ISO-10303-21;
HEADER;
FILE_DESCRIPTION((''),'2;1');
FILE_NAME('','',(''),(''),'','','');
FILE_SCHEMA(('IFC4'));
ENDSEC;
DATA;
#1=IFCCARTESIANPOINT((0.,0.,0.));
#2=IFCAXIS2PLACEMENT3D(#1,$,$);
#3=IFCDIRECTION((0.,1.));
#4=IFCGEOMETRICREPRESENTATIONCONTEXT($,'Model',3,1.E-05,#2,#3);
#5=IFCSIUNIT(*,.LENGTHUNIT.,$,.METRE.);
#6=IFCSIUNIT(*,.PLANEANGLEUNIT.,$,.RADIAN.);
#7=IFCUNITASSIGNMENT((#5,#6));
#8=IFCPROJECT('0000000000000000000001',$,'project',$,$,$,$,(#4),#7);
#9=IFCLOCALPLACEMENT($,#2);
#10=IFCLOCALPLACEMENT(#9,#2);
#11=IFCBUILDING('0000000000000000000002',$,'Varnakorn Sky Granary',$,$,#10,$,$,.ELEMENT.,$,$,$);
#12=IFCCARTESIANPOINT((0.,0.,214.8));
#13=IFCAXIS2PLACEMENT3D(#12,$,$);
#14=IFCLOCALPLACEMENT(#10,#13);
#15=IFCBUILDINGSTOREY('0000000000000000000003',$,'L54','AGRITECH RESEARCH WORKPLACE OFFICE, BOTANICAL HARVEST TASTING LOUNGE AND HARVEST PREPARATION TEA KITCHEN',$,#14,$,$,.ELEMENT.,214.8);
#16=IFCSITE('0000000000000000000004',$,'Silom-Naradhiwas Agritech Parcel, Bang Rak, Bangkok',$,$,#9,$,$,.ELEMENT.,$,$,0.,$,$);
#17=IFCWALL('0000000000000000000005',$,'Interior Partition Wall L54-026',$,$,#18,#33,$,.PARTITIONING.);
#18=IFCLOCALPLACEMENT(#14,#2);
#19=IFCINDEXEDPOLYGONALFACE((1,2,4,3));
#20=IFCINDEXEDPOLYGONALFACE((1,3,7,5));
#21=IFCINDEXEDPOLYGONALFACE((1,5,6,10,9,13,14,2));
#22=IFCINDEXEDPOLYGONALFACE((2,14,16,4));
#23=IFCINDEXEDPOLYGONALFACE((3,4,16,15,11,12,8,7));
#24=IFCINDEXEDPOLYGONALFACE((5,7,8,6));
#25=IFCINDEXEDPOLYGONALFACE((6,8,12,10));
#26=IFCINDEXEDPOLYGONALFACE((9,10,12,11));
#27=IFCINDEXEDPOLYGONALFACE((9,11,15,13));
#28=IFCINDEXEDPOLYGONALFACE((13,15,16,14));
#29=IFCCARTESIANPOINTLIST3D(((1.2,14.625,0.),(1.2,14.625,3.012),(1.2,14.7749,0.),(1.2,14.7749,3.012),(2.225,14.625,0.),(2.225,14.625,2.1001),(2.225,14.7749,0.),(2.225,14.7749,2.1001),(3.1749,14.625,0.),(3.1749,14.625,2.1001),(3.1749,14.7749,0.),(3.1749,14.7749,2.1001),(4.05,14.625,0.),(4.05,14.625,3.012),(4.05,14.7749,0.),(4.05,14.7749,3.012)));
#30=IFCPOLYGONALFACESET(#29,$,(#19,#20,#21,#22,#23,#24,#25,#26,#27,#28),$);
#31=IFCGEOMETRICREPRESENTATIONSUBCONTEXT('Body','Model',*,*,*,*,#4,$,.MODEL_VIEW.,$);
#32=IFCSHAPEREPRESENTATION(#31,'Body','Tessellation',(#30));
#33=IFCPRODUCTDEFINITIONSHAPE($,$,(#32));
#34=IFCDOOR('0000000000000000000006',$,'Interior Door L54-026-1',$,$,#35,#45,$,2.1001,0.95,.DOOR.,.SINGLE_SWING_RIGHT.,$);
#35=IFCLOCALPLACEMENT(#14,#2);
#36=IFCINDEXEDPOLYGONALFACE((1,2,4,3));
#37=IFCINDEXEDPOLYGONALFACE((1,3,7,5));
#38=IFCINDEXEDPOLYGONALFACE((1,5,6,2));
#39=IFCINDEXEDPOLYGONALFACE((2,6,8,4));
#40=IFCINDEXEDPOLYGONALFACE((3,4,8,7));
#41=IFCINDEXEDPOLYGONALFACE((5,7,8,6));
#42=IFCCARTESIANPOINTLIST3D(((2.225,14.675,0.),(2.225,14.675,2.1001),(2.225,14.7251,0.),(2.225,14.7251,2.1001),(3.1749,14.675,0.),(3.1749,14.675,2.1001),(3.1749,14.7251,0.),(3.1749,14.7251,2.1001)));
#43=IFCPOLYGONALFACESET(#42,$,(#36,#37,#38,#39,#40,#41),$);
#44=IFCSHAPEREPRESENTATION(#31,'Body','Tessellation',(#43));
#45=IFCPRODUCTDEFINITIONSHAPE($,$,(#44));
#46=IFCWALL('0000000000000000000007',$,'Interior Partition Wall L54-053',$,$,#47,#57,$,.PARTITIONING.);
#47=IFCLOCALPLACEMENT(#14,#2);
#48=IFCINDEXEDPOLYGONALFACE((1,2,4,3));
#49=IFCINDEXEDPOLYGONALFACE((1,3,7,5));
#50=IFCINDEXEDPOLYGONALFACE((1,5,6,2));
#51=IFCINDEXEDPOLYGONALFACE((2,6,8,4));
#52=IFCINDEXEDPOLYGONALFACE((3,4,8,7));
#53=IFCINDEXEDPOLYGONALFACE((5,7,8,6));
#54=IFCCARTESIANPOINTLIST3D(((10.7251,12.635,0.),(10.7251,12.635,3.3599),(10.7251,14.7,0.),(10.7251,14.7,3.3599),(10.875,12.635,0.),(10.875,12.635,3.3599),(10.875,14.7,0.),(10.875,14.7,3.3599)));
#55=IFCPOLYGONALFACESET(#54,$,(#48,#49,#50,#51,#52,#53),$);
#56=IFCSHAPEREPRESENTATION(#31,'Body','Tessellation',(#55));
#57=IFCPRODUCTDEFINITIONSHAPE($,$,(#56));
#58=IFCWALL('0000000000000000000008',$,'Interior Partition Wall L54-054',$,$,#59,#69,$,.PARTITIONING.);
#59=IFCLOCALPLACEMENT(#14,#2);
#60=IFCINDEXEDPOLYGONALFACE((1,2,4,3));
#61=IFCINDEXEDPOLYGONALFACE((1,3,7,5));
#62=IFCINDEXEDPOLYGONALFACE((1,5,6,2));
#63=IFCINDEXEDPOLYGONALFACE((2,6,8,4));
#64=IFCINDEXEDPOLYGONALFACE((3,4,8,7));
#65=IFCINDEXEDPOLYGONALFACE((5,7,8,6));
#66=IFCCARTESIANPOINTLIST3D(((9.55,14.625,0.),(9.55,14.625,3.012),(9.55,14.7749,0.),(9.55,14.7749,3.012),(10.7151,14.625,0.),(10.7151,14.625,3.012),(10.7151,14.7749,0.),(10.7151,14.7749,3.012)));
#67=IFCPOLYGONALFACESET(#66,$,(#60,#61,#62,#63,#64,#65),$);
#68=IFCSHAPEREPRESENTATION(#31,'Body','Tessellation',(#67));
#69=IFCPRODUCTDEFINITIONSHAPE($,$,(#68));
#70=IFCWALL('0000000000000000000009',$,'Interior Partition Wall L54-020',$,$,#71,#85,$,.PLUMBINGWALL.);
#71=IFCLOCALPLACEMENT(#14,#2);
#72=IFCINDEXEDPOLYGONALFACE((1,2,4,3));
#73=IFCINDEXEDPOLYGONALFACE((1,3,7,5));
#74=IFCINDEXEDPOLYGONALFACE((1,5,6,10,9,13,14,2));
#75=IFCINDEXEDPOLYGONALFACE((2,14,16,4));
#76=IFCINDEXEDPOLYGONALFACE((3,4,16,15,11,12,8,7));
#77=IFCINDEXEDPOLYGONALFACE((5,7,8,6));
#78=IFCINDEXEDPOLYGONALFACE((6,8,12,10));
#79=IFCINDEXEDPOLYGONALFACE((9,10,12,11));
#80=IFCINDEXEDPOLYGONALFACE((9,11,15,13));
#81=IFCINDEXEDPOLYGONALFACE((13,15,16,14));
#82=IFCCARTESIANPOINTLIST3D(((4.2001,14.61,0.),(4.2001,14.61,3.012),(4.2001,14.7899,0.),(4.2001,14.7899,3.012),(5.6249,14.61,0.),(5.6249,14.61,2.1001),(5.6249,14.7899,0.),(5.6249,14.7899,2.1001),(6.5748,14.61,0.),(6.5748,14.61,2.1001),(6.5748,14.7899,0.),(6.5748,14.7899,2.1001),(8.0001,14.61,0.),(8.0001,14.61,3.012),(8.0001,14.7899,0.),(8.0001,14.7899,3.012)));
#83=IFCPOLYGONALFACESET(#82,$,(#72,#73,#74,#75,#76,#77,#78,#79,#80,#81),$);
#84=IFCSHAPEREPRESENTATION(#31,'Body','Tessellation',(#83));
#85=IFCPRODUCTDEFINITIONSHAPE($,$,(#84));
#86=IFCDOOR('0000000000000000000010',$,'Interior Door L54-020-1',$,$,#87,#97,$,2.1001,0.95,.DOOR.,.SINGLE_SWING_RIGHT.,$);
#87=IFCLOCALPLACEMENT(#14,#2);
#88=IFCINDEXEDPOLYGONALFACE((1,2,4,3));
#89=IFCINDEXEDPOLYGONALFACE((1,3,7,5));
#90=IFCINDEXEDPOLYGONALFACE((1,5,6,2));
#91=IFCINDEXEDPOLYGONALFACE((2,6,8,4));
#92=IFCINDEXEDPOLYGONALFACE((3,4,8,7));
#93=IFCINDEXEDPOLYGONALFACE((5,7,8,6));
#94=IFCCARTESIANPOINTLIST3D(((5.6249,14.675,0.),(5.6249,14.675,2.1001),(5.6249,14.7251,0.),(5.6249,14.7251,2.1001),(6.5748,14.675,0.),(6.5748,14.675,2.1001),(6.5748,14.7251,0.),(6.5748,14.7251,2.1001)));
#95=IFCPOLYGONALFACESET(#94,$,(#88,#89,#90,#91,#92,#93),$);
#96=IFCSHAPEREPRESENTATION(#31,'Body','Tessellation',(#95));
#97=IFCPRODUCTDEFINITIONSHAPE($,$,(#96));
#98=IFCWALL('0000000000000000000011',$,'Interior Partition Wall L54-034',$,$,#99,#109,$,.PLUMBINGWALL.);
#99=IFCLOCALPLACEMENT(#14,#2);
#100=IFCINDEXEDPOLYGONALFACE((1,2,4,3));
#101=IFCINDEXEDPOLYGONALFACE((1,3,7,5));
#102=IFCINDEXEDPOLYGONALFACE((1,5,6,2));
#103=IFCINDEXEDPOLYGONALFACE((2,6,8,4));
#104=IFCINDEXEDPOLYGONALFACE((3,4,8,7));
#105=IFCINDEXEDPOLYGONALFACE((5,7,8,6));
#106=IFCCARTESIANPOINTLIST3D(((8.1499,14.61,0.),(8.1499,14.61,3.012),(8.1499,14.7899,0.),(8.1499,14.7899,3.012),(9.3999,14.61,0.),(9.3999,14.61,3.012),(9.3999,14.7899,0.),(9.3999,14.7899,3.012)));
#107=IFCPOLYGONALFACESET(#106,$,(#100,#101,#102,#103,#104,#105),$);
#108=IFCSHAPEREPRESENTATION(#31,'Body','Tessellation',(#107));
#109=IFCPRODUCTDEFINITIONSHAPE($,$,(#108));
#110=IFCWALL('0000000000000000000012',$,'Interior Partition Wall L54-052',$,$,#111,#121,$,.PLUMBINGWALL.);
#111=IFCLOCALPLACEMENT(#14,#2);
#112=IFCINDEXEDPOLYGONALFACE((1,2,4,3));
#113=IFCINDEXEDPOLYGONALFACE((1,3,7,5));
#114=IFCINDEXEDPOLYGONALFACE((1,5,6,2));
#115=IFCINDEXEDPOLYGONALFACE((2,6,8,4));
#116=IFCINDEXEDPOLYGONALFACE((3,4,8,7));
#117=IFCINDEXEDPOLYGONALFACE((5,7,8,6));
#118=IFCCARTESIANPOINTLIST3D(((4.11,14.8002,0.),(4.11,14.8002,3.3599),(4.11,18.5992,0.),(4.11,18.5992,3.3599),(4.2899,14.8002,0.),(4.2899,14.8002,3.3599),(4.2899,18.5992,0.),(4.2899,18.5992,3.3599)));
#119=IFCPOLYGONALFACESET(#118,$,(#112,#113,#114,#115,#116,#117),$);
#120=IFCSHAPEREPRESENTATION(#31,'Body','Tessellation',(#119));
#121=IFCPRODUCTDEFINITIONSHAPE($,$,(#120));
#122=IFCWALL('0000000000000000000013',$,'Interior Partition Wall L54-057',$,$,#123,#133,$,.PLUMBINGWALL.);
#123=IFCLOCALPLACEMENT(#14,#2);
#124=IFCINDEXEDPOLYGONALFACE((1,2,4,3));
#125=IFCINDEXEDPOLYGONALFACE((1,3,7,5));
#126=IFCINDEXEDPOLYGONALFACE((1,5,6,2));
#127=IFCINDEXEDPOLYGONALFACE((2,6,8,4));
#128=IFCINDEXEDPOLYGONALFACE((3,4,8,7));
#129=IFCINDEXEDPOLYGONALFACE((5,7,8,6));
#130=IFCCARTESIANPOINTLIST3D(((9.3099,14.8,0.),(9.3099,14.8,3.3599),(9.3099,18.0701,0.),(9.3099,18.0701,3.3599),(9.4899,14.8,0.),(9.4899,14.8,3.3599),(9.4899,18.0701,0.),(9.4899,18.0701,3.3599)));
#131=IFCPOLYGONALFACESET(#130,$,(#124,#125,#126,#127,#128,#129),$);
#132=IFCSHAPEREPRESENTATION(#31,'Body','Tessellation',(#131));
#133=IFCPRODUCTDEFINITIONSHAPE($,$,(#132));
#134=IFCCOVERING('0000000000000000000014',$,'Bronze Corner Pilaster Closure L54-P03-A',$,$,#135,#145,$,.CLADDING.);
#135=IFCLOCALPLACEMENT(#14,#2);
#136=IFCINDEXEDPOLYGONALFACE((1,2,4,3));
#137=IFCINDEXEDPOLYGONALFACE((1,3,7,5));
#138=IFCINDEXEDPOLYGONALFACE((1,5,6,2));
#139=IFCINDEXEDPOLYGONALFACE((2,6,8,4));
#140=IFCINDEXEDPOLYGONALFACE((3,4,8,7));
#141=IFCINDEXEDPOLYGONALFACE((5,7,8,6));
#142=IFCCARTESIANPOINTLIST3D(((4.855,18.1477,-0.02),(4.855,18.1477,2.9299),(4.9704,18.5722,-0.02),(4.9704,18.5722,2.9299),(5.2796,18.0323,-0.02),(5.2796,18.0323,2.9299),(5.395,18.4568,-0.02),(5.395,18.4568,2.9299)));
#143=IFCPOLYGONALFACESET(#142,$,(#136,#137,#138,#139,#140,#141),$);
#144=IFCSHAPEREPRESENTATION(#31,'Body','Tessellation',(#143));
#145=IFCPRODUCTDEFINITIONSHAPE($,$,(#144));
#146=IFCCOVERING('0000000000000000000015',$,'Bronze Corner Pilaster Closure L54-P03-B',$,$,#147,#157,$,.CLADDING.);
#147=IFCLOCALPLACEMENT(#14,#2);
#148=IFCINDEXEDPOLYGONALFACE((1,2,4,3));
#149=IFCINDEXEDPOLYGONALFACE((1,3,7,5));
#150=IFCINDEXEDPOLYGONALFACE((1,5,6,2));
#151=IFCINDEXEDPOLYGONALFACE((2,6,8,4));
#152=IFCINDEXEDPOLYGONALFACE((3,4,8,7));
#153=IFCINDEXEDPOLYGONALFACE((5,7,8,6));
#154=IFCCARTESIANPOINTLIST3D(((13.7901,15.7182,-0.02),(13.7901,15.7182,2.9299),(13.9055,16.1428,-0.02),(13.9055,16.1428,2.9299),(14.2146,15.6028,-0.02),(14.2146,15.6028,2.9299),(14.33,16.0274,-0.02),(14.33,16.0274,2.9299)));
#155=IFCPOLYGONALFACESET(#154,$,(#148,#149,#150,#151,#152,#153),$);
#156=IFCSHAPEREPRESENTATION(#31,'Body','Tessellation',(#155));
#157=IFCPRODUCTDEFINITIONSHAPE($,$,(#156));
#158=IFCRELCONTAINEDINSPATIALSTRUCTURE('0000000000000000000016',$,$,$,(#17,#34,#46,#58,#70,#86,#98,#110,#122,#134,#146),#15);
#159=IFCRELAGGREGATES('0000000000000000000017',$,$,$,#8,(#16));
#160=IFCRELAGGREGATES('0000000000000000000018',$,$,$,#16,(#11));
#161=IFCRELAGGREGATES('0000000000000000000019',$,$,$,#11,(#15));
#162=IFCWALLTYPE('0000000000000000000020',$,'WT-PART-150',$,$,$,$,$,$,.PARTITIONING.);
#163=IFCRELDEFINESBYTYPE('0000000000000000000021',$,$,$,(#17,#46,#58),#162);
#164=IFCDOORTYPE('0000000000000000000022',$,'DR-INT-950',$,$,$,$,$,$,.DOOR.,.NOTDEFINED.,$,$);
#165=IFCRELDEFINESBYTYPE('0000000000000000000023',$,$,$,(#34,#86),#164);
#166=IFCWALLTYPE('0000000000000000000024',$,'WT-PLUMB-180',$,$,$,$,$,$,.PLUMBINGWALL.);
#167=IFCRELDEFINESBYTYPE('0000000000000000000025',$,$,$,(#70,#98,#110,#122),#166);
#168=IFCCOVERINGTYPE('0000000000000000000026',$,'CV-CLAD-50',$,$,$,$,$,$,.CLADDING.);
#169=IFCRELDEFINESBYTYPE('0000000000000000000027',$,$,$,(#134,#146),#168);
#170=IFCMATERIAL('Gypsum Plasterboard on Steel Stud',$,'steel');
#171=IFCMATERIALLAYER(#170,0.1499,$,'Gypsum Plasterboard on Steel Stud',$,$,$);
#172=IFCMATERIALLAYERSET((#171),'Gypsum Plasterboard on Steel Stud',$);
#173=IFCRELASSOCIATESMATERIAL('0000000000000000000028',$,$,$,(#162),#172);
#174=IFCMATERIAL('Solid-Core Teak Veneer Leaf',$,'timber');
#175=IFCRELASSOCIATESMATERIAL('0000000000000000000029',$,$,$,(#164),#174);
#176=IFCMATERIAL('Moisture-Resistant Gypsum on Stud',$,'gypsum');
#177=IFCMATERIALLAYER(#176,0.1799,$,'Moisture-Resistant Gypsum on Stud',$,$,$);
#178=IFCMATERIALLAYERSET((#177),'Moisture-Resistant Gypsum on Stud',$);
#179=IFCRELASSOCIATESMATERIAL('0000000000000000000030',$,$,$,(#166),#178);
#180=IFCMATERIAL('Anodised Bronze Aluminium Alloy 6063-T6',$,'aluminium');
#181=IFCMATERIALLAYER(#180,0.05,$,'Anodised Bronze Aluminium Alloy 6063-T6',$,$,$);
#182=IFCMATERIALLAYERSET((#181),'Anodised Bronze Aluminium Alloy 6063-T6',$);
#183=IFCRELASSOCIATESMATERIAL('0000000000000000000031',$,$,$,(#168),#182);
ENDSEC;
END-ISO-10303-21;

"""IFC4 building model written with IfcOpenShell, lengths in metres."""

from ifc_helpers import new_model, si_unit, direction, frame, frame_2d, origin, origin_2d, place, context, subcontext, project, spatial, rectangle, extrude, source, transform, mapped, material, layer, layer_set, type_object, type_shapes, element, fill, save


model = new_model("IFC4")

# Units and contexts
model_context = context("Model", 3, precision=1e-05, world=origin(), true_north=direction((0.0, 1.0)))
body_context = subcontext(model_context, "Body", "Model", "MODEL_VIEW")
ifc_project = project(units=[si_unit("LENGTHUNIT", "METRE"), si_unit("PLANEANGLEUNIT", "RADIAN")], contexts=[model_context])

# Site, building, storey
site_placement = place(None, origin())
site = spatial("IfcSite", under=ifc_project, at=site_placement, Name="Silom-Naradhiwas Agritech Parcel, Bang Rak, Bangkok", CompositionType="ELEMENT", RefElevation=0.0)
building_placement = place(site_placement, origin())
building = spatial("IfcBuilding", under=site, at=building_placement, Name="Varnakorn Sky Granary", CompositionType="ELEMENT")
storey_placement = place(building_placement, frame((0.0, 0.0, 214.8)))
storey = spatial("IfcBuildingStorey", under=building, at=storey_placement, Name="L54", Description="AGRITECH RESEARCH WORKPLACE OFFICE, BOTANICAL HARVEST TASTING LOUNGE AND HARVEST PREPARATION TEA KITCHEN", CompositionType="ELEMENT", Elevation=214.8)

# Shared definitions
ifc_material_1 = material(Name="Anodised Bronze Aluminium Alloy 6063-T6", Category="aluminium")

# Wall, opening, door
ifc_material_2 = material(Name="Gypsum Plasterboard on Steel Stud", Category="steel")
ifc_layer_1 = layer(ifc_material_2, 0.1499, Name="Gypsum Plasterboard on Steel Stud")
ifc_layer_set_1 = layer_set([ifc_layer_1], Name="Gypsum Plasterboard on Steel Stud")
wall_type_1 = type_object("IfcWallType", Name="WT-PART-150", PredefinedType="PARTITIONING", material=ifc_layer_set_1)
wall_1_placement = place(storey_placement, frame((4.05, 14.7, 0.0), z_axis=(0.0, 0.0, 1.0), x_axis=(-1.0, 0.0, 0.0)))
wall_1 = element("IfcWall", 1, at=wall_1_placement, inside=storey, type_object=wall_type_1, Name="Interior Partition Wall L54-026", PredefinedType="PARTITIONING", context=body_context, shape_type="SweptSolid", body=[
    extrude(rectangle(XDim=2.8501, YDim=0.1499, at=frame_2d((1.425, 0.0))), origin(), (0.0, 0.0, 1.0), 3.012),
])
opening_1_placement = place(wall_1_placement, frame((0.875, 0.0, 0.0)))
opening_1 = element("IfcOpeningElement", 2, at=opening_1_placement, cuts=wall_1, PredefinedType="OPENING", context=body_context, shape_type="SweptSolid", body=[
    extrude(rectangle(XDim=0.95, YDim=2.1001, at=frame_2d((0.4751, 1.05))), frame((0.0, 0.085, 0.0), z_axis=(0.0, -1.0, 0.0), x_axis=(1.0, 0.0, 0.0)), (0.0, 0.0, 1.0), 0.1699),
])
ifc_material_3 = material(Name="Solid-Core Teak Veneer Leaf", Category="timber")
door_type = type_object("IfcDoorType", Name="DR-INT-950", OperationType="NOTDEFINED", PredefinedType="DOOR", material=ifc_material_3)
door_1_placement = place(opening_1_placement, origin())
door_1 = element("IfcDoor", 3, at=door_1_placement, inside=storey, type_object=door_type, Name="Interior Door L54-026-1", OperationType="SINGLE_SWING_RIGHT", OverallHeight=2.1001, OverallWidth=0.95, PredefinedType="DOOR", context=body_context, shape_type="SweptSolid", body=[
    extrude(rectangle(XDim=0.95, YDim=2.1001, at=frame_2d((0.4751, 1.05))), frame((0.0, 0.0249, 0.0), z_axis=(0.0, -1.0, 0.0), x_axis=(1.0, 0.0, 0.0)), (0.0, 0.0, 1.0), 0.05),
])
fill(opening_1, door_1)

# Walls
wall_2_placement = place(storey_placement, frame((10.8, 12.635, 0.0), z_axis=(0.0, 0.0, 1.0), x_axis=(0.0, 1.0, 0.0)))
element("IfcWall", 4, at=wall_2_placement, inside=storey, type_object=wall_type_1, Name="Interior Partition Wall L54-053", PredefinedType="PARTITIONING", context=body_context, shape_type="SweptSolid", body=[
    extrude(rectangle(XDim=2.0649, YDim=0.1499, at=frame_2d((1.0325, 0.0))), origin(), (0.0, 0.0, 1.0), 3.3599),
])
wall_3_placement = place(storey_placement, frame((10.7151, 14.7, 0.0), z_axis=(0.0, 0.0, 1.0), x_axis=(-1.0, 0.0, 0.0)))
element("IfcWall", 5, at=wall_3_placement, inside=storey, type_object=wall_type_1, Name="Interior Partition Wall L54-054", PredefinedType="PARTITIONING", context=body_context, shape_type="SweptSolid", body=[
    extrude(rectangle(XDim=1.165, YDim=0.1499, at=frame_2d((0.5825, 0.0))), origin(), (0.0, 0.0, 1.0), 3.012),
])

# Wall, opening, door
ifc_material_4 = material(Name="Moisture-Resistant Gypsum on Stud", Category="gypsum")
ifc_layer_2 = layer(ifc_material_4, 0.1799, Name="Moisture-Resistant Gypsum on Stud")
ifc_layer_set_2 = layer_set([ifc_layer_2], Name="Moisture-Resistant Gypsum on Stud")
wall_type_2 = type_object("IfcWallType", Name="WT-PLUMB-180", PredefinedType="PLUMBINGWALL", material=ifc_layer_set_2)
wall_4_placement = place(storey_placement, frame((8.0, 14.7, 0.0), z_axis=(0.0, 0.0, 1.0), x_axis=(-1.0, 0.0, 0.0)))
wall_4 = element("IfcWall", 6, at=wall_4_placement, inside=storey, type_object=wall_type_2, Name="Interior Partition Wall L54-020", PredefinedType="PLUMBINGWALL", context=body_context, shape_type="SweptSolid", body=[
    extrude(rectangle(XDim=3.8, YDim=0.1799, at=frame_2d((1.8999, 0.0))), origin(), (0.0, 0.0, 1.0), 3.012),
])
opening_2_placement = place(wall_4_placement, frame((1.425, 0.0, 0.0)))
opening_2 = element("IfcOpeningElement", 7, at=opening_2_placement, cuts=wall_4, PredefinedType="OPENING", context=body_context, shape_type="SweptSolid", body=[
    extrude(rectangle(XDim=0.95, YDim=2.1001, at=frame_2d((0.4751, 1.05))), frame((0.0, 0.1001, 0.0), z_axis=(0.0, -1.0, 0.0), x_axis=(1.0, 0.0, 0.0)), (0.0, 0.0, 1.0), 0.2),
])
door_2_placement = place(opening_2_placement, origin())
door_2 = element("IfcDoor", 8, at=door_2_placement, inside=storey, type_object=door_type, Name="Interior Door L54-020-1", OperationType="SINGLE_SWING_RIGHT", OverallHeight=2.1001, OverallWidth=0.95, PredefinedType="DOOR", context=body_context, shape_type="SweptSolid", body=[
    extrude(rectangle(XDim=0.95, YDim=2.1001, at=frame_2d((0.4751, 1.05))), frame((0.0, 0.0249, 0.0), z_axis=(0.0, -1.0, 0.0), x_axis=(1.0, 0.0, 0.0)), (0.0, 0.0, 1.0), 0.05),
])
fill(opening_2, door_2)

# Walls
wall_5_placement = place(storey_placement, frame((9.3999, 14.7, 0.0), z_axis=(0.0, 0.0, 1.0), x_axis=(-1.0, 0.0, 0.0)))
element("IfcWall", 9, at=wall_5_placement, inside=storey, type_object=wall_type_2, Name="Interior Partition Wall L54-034", PredefinedType="PLUMBINGWALL", context=body_context, shape_type="SweptSolid", body=[
    extrude(rectangle(XDim=1.25, YDim=0.1799, at=frame_2d((0.625, 0.0))), origin(), (0.0, 0.0, 1.0), 3.012),
])
wall_6_placement = place(storey_placement, frame((4.2, 18.5991, 0.0), z_axis=(0.0, 0.0, 1.0), x_axis=(0.0, -1.0, 0.0)))
element("IfcWall", 10, at=wall_6_placement, inside=storey, type_object=wall_type_2, Name="Interior Partition Wall L54-052", PredefinedType="PLUMBINGWALL", context=body_context, shape_type="SweptSolid", body=[
    extrude(rectangle(XDim=3.7991, YDim=0.1799, at=frame_2d((1.8994, 0.0))), origin(), (0.0, 0.0, 1.0), 3.3599),
])
wall_7_placement = place(storey_placement, frame((9.3999, 14.8, 0.0), z_axis=(0.0, 0.0, 1.0), x_axis=(0.0, 1.0, 0.0)))
element("IfcWall", 11, at=wall_7_placement, inside=storey, type_object=wall_type_2, Name="Interior Partition Wall L54-057", PredefinedType="PLUMBINGWALL", context=body_context, shape_type="SweptSolid", body=[
    extrude(rectangle(XDim=3.27, YDim=0.1799, at=frame_2d((1.635, 0.0))), origin(), (0.0, 0.0, 1.0), 3.3599),
])

# Coverings
ifc_layer_3 = layer(ifc_material_1, 0.05, Name="Anodised Bronze Aluminium Alloy 6063-T6")
ifc_layer_set_3 = layer_set([ifc_layer_3], Name="Anodised Bronze Aluminium Alloy 6063-T6")
covering_type = type_object("IfcCoveringType", Name="CV-CLAD-50", PredefinedType="CLADDING", material=ifc_layer_set_3)
shared_shape = source(origin(), body_context, "Body", "SweptSolid", [
    extrude(rectangle(XDim=0.4399, YDim=0.4399, at=origin_2d()), origin(), (0.0, 0.0, 1.0), 2.95),
])
type_shapes(covering_type, [shared_shape])
for number, where, z_axis, x_axis, name in (
    (12, (5.125, 18.3022, -0.02), (0.0, 0.0, 1.0), (0.964971, -0.262358, 0.0), "Bronze Corner Pilaster Closure L54-P03-A"),
    (13, (14.0601, 15.8728, -0.02), (0.0, 0.0, 1.0), (0.964971, -0.262358, 0.0), "Bronze Corner Pilaster Closure L54-P03-B"),
):
    element("IfcCovering", number, at=place(storey_placement, frame(where, z_axis=z_axis, x_axis=x_axis)), inside=storey, type_object=covering_type, Name=name, PredefinedType="CLADDING", context=body_context, shape_type="MappedRepresentation", body=[
        mapped(shared_shape, transform((0.0, 0.0, 0.0), x_axis=(1.0, 0.0, 0.0), y_axis=(0.0, 1.0, 0.0), z_axis=(0.0, 0.0, 1.0), scale=1.0)),
    ])

save(model, "model.ifc")
